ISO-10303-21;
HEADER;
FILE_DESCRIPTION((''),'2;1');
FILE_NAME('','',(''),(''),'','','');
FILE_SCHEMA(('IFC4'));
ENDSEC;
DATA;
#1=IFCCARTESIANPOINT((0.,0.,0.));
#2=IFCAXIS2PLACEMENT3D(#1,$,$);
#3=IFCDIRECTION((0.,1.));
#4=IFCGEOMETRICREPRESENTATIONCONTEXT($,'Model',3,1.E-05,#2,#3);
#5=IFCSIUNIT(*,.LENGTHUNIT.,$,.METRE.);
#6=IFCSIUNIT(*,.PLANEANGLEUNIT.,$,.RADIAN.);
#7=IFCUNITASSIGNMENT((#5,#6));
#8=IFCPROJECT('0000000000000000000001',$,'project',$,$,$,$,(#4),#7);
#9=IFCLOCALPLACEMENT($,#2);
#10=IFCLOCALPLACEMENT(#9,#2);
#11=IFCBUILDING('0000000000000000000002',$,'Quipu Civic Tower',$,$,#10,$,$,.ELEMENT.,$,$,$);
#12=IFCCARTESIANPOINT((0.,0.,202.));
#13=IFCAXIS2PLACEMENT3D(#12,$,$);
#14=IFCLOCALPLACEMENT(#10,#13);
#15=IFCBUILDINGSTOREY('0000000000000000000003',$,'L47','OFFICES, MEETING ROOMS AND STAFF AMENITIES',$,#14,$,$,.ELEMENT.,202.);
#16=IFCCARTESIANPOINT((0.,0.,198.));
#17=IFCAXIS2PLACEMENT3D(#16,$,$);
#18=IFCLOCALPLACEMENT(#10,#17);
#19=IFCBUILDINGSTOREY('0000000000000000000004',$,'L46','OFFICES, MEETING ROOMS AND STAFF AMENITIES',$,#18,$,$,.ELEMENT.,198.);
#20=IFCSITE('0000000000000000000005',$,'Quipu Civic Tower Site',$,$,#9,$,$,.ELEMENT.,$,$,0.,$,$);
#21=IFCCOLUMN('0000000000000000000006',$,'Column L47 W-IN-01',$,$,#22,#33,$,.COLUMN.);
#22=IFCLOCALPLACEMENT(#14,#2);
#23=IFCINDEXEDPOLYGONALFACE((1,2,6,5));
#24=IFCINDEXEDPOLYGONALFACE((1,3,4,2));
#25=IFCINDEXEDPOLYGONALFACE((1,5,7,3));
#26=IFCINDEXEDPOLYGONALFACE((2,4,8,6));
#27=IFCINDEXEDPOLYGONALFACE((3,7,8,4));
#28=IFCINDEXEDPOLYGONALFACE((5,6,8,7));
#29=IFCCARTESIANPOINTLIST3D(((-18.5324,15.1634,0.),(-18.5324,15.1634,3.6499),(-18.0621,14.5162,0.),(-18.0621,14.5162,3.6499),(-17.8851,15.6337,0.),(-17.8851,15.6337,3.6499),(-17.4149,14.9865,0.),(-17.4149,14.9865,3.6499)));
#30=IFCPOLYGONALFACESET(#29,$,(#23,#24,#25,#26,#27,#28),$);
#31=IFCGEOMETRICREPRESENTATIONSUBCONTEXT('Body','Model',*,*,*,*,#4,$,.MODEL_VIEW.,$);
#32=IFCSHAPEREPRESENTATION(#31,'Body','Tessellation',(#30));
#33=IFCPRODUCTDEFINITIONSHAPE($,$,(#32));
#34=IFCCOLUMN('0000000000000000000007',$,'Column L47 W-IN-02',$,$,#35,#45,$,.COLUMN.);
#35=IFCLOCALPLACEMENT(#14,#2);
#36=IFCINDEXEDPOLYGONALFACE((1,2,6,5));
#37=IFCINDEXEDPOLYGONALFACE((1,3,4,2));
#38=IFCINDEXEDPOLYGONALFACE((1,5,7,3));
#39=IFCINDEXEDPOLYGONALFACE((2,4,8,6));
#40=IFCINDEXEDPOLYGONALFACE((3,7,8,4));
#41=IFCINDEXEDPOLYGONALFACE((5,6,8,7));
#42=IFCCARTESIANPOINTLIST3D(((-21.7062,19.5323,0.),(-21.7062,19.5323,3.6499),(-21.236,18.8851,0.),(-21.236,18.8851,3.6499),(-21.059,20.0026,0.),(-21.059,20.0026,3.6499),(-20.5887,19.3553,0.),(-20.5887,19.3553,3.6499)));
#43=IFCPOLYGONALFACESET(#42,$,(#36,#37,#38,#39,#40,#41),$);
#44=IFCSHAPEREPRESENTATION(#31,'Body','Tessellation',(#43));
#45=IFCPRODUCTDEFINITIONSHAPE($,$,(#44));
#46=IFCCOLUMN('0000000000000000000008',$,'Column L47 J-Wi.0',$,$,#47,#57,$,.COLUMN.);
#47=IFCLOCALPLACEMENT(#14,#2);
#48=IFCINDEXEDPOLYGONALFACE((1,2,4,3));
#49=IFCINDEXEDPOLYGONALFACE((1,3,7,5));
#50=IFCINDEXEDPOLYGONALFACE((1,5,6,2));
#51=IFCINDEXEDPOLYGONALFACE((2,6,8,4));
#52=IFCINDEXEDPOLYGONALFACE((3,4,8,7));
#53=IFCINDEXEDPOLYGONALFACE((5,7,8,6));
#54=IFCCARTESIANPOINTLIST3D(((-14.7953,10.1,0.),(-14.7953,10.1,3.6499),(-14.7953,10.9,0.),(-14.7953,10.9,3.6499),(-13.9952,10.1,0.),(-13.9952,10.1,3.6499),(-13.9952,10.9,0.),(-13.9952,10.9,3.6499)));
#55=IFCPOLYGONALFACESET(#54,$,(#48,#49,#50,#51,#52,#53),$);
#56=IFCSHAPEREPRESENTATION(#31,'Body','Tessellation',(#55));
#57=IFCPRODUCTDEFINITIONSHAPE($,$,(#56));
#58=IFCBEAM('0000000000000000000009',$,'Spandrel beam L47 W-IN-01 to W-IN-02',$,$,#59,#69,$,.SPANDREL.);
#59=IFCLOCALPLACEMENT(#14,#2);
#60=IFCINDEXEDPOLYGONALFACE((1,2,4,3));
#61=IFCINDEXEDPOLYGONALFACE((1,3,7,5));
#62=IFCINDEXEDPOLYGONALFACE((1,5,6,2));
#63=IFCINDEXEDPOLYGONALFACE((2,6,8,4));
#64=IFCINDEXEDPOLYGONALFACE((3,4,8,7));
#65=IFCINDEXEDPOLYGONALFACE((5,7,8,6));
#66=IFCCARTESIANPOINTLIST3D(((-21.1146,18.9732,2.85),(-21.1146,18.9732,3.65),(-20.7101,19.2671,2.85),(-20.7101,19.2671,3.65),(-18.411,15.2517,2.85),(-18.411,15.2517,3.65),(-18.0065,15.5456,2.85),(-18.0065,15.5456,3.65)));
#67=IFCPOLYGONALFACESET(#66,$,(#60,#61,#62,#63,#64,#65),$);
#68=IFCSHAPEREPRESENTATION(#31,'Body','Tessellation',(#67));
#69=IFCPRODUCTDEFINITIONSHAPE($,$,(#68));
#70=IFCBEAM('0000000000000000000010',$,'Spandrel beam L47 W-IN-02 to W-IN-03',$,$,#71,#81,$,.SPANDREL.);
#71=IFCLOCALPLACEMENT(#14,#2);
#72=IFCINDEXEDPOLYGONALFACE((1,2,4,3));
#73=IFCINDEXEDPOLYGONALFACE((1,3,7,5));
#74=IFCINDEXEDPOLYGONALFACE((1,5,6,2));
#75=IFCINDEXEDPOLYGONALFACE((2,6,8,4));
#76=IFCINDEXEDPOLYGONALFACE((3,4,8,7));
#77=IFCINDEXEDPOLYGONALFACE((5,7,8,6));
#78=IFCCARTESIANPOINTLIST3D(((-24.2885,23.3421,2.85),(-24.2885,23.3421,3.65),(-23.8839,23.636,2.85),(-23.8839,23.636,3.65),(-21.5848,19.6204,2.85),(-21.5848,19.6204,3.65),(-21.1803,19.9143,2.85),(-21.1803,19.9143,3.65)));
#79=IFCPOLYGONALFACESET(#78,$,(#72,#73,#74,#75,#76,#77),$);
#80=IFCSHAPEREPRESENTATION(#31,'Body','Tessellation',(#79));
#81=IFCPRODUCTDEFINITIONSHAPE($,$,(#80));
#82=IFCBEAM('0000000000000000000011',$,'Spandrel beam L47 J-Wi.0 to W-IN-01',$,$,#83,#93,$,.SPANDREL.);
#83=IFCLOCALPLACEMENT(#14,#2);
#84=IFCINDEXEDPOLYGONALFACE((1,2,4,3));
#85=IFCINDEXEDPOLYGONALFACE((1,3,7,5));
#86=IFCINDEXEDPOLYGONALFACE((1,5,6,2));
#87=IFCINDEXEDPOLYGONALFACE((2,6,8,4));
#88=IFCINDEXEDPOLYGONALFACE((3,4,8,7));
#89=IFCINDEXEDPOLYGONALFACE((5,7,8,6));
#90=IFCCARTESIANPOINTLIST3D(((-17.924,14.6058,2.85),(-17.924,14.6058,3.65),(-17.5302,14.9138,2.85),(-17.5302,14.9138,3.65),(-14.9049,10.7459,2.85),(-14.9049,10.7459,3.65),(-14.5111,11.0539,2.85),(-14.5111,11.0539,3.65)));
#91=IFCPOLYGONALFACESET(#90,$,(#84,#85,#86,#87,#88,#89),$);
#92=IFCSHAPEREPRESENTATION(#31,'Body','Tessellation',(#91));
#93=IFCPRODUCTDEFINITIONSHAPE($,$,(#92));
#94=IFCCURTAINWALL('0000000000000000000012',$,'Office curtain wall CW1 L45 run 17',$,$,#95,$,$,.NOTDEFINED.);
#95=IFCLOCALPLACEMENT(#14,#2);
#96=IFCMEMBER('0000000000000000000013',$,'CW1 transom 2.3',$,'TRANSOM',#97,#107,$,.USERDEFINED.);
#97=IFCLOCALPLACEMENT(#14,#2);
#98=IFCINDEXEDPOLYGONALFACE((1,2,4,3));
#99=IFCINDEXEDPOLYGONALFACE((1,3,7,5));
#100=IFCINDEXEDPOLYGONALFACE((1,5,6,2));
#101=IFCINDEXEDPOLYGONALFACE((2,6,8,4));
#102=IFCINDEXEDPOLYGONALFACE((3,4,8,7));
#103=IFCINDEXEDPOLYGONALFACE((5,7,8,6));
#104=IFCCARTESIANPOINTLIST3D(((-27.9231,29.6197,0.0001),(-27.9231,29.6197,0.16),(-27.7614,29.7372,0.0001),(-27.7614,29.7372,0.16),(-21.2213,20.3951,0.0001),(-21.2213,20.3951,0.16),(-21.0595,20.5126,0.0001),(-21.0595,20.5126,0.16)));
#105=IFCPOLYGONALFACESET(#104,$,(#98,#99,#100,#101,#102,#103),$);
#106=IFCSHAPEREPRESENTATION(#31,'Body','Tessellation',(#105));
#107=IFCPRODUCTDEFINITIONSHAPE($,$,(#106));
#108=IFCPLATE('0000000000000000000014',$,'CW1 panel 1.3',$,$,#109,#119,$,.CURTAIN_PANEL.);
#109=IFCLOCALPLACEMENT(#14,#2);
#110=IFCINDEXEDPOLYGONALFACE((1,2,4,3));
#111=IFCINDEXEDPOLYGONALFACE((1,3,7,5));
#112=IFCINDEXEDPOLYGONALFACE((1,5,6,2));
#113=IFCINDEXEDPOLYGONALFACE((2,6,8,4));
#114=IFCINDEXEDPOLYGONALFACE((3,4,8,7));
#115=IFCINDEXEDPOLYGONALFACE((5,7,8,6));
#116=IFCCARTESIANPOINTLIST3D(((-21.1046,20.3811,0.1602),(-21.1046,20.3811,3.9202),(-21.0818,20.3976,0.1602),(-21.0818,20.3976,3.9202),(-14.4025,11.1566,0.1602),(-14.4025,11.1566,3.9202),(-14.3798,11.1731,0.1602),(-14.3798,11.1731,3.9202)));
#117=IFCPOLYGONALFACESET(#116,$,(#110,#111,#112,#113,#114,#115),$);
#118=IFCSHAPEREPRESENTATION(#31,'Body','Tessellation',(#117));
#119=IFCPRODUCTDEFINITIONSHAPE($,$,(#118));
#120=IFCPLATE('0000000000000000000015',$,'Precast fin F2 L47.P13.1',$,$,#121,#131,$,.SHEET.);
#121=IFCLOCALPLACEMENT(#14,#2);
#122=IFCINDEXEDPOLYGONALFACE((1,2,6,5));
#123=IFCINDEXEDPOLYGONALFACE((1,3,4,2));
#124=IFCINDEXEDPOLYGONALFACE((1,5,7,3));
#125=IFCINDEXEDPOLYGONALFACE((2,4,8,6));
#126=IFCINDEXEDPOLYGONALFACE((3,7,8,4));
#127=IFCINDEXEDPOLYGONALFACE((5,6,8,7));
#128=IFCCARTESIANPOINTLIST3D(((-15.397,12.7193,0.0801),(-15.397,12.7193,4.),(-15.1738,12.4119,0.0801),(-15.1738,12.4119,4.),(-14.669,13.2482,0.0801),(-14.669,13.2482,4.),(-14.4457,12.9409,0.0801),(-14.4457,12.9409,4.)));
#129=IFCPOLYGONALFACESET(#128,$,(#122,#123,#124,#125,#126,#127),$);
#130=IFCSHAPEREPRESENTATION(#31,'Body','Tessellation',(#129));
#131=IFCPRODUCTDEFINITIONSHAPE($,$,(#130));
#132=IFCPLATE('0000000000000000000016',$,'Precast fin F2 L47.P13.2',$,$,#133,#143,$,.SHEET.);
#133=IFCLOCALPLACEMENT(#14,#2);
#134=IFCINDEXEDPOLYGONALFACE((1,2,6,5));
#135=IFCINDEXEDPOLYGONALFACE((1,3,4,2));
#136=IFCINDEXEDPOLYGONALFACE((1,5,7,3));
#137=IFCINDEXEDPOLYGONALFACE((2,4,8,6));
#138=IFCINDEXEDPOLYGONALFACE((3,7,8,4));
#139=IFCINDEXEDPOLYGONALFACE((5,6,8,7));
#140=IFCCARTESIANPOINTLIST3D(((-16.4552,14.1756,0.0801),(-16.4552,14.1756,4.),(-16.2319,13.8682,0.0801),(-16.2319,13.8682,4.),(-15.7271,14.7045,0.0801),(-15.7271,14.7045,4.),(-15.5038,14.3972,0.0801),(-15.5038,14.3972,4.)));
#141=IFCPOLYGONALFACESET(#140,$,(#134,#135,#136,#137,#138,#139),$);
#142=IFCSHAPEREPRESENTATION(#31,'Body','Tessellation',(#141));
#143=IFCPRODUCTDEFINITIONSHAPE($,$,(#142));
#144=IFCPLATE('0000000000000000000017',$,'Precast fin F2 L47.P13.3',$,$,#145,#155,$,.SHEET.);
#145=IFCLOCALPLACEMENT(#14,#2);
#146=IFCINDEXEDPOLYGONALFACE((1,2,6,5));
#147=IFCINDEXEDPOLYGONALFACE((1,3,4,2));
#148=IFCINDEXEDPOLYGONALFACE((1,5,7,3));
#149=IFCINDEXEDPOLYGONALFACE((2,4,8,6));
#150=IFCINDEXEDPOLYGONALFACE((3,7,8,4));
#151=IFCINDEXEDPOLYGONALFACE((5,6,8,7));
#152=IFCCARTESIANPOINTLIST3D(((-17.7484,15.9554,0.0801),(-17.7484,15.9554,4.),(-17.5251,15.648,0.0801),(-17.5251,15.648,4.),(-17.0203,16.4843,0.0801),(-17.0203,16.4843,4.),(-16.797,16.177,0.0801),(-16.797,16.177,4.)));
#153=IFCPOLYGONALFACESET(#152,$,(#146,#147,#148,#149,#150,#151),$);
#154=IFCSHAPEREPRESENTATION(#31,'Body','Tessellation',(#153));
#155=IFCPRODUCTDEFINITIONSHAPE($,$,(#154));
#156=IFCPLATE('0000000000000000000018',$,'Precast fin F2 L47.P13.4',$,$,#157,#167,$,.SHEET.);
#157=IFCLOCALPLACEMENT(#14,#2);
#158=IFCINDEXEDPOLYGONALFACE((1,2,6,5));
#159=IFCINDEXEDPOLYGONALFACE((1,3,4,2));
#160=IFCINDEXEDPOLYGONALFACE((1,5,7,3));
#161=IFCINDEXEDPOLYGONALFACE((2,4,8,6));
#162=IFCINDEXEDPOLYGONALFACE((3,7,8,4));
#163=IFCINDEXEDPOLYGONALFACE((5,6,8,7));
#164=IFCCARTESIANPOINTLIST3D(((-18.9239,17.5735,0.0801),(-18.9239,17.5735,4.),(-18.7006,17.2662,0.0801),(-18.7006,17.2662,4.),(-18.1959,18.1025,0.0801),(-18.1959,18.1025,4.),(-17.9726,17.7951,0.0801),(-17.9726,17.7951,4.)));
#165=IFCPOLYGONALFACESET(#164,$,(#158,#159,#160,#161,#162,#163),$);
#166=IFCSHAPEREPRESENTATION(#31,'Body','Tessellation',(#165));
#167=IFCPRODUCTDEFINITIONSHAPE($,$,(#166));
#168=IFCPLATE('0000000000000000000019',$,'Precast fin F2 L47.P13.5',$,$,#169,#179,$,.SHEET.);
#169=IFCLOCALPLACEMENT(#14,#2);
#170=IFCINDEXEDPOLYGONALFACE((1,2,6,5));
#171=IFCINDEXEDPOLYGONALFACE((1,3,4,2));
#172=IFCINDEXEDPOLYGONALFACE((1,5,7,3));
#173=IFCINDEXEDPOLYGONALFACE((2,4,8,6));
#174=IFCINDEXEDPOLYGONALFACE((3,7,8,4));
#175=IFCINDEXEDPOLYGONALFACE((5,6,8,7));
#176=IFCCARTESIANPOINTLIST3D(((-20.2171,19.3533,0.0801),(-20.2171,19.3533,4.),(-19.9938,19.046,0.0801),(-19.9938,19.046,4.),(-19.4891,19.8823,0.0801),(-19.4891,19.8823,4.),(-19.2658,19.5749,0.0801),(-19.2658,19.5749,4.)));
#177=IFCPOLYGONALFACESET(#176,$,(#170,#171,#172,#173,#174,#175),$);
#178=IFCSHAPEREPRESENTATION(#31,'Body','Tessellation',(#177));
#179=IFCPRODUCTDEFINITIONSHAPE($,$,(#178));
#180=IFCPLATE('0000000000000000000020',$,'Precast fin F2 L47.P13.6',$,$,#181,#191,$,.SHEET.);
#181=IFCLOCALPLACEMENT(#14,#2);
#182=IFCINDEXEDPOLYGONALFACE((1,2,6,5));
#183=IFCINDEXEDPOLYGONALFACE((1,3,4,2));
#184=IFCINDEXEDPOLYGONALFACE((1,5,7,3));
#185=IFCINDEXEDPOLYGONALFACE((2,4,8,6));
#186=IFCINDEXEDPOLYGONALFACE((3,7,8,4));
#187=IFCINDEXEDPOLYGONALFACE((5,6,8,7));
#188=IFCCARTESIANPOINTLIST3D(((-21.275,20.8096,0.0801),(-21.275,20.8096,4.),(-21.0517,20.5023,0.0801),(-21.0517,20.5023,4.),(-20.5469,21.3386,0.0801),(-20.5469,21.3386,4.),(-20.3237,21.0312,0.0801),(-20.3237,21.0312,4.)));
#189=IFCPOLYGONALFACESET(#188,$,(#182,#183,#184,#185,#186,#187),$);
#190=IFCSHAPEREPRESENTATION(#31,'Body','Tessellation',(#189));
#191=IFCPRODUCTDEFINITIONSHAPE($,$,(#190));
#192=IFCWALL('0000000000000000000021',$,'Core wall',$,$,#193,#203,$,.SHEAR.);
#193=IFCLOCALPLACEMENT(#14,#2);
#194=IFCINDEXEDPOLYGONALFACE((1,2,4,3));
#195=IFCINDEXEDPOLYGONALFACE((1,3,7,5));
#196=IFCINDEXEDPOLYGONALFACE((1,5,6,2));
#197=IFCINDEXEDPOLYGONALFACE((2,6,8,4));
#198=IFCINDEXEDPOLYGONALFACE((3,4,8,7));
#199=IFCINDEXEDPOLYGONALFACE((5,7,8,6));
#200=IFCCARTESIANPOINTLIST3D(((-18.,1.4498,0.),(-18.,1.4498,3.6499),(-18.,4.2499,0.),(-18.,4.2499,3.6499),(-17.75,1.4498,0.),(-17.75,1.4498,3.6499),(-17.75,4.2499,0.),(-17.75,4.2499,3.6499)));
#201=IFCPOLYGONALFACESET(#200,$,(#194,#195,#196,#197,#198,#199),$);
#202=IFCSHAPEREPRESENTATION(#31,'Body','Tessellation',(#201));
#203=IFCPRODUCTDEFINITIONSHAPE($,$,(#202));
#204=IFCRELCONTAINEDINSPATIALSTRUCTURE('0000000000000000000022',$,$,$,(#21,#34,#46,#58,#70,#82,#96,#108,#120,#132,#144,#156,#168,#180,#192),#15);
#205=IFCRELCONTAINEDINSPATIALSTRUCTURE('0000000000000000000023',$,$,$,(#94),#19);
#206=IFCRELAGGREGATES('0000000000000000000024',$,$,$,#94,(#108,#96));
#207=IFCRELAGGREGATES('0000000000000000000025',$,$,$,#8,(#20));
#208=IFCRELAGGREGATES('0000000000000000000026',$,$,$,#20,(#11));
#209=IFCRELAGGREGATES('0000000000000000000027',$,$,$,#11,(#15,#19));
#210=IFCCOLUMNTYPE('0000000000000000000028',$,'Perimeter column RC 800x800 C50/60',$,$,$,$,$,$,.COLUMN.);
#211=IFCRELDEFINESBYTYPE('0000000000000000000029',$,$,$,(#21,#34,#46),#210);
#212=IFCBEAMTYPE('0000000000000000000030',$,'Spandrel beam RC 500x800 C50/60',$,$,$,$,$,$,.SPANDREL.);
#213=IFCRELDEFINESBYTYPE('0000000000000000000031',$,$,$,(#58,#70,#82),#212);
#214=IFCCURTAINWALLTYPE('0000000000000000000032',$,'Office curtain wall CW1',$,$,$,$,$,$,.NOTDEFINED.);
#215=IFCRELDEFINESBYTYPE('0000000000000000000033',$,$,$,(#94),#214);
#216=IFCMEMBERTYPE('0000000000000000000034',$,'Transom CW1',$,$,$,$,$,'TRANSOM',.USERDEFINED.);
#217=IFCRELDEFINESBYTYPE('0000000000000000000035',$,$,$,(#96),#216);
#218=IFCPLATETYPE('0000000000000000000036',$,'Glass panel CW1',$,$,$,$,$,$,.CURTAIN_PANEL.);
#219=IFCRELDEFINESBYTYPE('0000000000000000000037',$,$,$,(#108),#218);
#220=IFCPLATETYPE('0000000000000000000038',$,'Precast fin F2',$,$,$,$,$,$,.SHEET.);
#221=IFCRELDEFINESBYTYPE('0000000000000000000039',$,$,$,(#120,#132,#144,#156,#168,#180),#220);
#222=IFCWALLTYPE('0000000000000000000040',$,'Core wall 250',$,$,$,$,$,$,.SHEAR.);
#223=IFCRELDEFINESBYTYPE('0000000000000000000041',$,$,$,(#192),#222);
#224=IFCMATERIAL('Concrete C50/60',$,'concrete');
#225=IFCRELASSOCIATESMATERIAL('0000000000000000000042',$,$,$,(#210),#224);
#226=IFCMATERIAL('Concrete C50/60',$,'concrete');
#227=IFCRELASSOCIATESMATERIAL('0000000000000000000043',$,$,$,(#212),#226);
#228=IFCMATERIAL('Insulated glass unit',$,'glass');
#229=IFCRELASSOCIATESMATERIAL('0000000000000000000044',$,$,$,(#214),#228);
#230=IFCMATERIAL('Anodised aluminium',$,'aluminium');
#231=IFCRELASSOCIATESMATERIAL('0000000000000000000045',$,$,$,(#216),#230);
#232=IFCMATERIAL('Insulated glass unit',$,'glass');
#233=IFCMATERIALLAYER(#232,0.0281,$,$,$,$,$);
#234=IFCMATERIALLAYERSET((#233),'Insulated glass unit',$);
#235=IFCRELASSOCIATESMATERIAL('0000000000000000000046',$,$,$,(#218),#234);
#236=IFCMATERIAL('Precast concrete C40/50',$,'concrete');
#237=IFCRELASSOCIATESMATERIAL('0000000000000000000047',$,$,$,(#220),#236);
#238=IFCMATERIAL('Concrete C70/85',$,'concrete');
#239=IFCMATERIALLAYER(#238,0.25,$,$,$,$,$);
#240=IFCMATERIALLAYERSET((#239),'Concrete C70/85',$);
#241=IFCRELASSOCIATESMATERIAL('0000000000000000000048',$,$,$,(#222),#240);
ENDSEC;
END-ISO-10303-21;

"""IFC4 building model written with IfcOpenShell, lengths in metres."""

from ifc_helpers import new_model, si_unit, direction, frame, frame_2d, origin, origin_2d, place, context, subcontext, project, spatial, rectangle, extrude, material, layer, layer_set, material_profile, profile_set, type_object, element, aggregate, save


model = new_model("IFC4")

# Units and contexts
model_context = context("Model", 3, precision=1e-05, world=origin(), true_north=direction((0.0, 1.0)))
body_context = subcontext(model_context, "Body", "Model", "MODEL_VIEW")
ifc_project = project(units=[si_unit("LENGTHUNIT", "METRE"), si_unit("PLANEANGLEUNIT", "RADIAN")], contexts=[model_context])

# Site, building, storey
site_placement = place(None, origin())
site = spatial("IfcSite", under=ifc_project, at=site_placement, Name="Quipu Civic Tower Site", CompositionType="ELEMENT", RefElevation=0.0)
building_placement = place(site_placement, origin())
building = spatial("IfcBuilding", under=site, at=building_placement, Name="Quipu Civic Tower", CompositionType="ELEMENT")
storey_1_placement = place(building_placement, frame((0.0, 0.0, 202.0)))
storey_1 = spatial("IfcBuildingStorey", under=building, at=storey_1_placement, Name="L47", Description="OFFICES, MEETING ROOMS AND STAFF AMENITIES", CompositionType="ELEMENT", Elevation=202.0)

# Columns
ifc_material_1 = material(Name="Concrete C50/60", Category="concrete")
ifc_material_profile_1 = material_profile(ifc_material_1, rectangle(XDim=0.8, YDim=0.8, at=origin_2d()), Name="RC800x800")
ifc_profile_set_1 = profile_set([ifc_material_profile_1], Name="Concrete C50/60")
column_type = type_object("IfcColumnType", Name="Perimeter column RC 800x800 C50/60", PredefinedType="COLUMN", material=ifc_profile_set_1)
for number, where, z_axis, x_axis, name in (
    (1, (-17.9736, 15.075, 0.0), (0.0, 0.0, 1.0), (-0.587785, 0.809017, 0.0), "Column L47 W-IN-01"),
    (2, (-21.1475, 19.4438, 0.0), (0.0, 0.0, 1.0), (-0.587785, 0.809017, 0.0), "Column L47 W-IN-02"),
    (3, (-14.3953, 10.5, 0.0), (0.0, 0.0, 1.0), (-1.0, 0.0, 0.0), "Column L47 J-Wi.0"),
):
    element("IfcColumn", number, at=place(storey_1_placement, frame(where, z_axis=z_axis, x_axis=x_axis)), inside=storey_1, type_object=column_type, Name=name, PredefinedType="COLUMN", context=body_context, shape_type="SweptSolid", body=[
        extrude(rectangle(XDim=0.8, YDim=0.8, at=origin_2d()), origin(), (0.0, 0.0, 1.0), 3.6499),
    ])

# Beams
ifc_material_2 = material(Name="Concrete C50/60", Category="concrete")
ifc_material_profile_2 = material_profile(ifc_material_2, rectangle(XDim=0.5, YDim=0.8, at=origin_2d()), Name="RC500x800")
ifc_profile_set_2 = profile_set([ifc_material_profile_2], Name="Concrete C50/60")
beam_type = type_object("IfcBeamType", Name="Spandrel beam RC 500x800 C50/60", PredefinedType="SPANDREL", material=ifc_profile_set_2)
beam_1_placement = place(storey_1_placement, frame((-18.2087, 15.3987, 3.25), z_axis=(-0.587761, 0.809034, 0.0), x_axis=(-0.809034, -0.587761, 0.0)))
element("IfcBeam", 4, at=beam_1_placement, inside=storey_1, type_object=beam_type, Name="Spandrel beam L47 W-IN-01 to W-IN-02", PredefinedType="SPANDREL", context=body_context, shape_type="SweptSolid", body=[
    extrude(rectangle(XDim=0.5, YDim=0.8, at=origin_2d()), origin(), (0.0, 0.0, 1.0), 4.5999),
])
beam_2_placement = place(storey_1_placement, frame((-21.3826, 19.7673, 3.25), z_axis=(-0.587736, 0.809053, 0.0), x_axis=(-0.809053, -0.587736, 0.0)))
element("IfcBeam", 5, at=beam_2_placement, inside=storey_1, type_object=beam_type, Name="Spandrel beam L47 W-IN-02 to W-IN-03", PredefinedType="SPANDREL", context=body_context, shape_type="SweptSolid", body=[
    extrude(rectangle(XDim=0.5, YDim=0.8, at=origin_2d()), origin(), (0.0, 0.0, 1.0), 4.6001),
])
beam_3_placement = place(storey_1_placement, frame((-14.708, 10.8999, 3.25), z_axis=(-0.616091, 0.787675, 0.0), x_axis=(-0.787675, -0.616091, 0.0)))
element("IfcBeam", 6, at=beam_3_placement, inside=storey_1, type_object=beam_type, Name="Spandrel beam L47 J-Wi.0 to W-IN-01", PredefinedType="SPANDREL", context=body_context, shape_type="SweptSolid", body=[
    extrude(rectangle(XDim=0.5, YDim=0.8, at=origin_2d()), origin(), (0.0, 0.0, 1.0), 4.9004),
])

# Shared definitions
storey_2_placement = place(building_placement, frame((0.0, 0.0, 198.0)))
storey_2 = spatial("IfcBuildingStorey", under=building, at=storey_2_placement, Name="L46", Description="OFFICES, MEETING ROOMS AND STAFF AMENITIES", CompositionType="ELEMENT", Elevation=198.0)

# Curtain wall, member, plate
ifc_material_3 = material(Name="Insulated glass unit", Category="glass")
curtain_wall_type = type_object("IfcCurtainWallType", Name="Office curtain wall CW1", PredefinedType="NOTDEFINED", material=ifc_material_3)
curtain_wall_placement = place(storey_2_placement, origin())
curtain_wall = element("IfcCurtainWall", 7, at=curtain_wall_placement, inside=storey_2, type_object=curtain_wall_type, Name="Office curtain wall CW1 L45 run 17", PredefinedType="NOTDEFINED")
ifc_material_4 = material(Name="Anodised aluminium", Category="aluminium")
ifc_material_profile_3 = material_profile(ifc_material_4, rectangle(XDim=0.2, YDim=0.1599, at=origin_2d()), Name="RECT 200x160")
ifc_profile_set_3 = profile_set([ifc_material_profile_3], Name="Anodised aluminium")
member_type = type_object("IfcMemberType", Name="Transom CW1", ElementType="TRANSOM", PredefinedType="USERDEFINED", material=ifc_profile_set_3)
member_placement = place(storey_1_placement, frame((-21.1404, 20.4539, 0.0801), z_axis=(-0.587776, 0.809024, 0.0), x_axis=(-0.809024, -0.587776, 0.0)))
member = element("IfcMember", 8, at=member_placement, inside=storey_1, type_object=member_type, Name="CW1 transom 2.3", ObjectType="TRANSOM", PredefinedType="USERDEFINED", context=body_context, shape_type="SweptSolid", body=[
    extrude(rectangle(XDim=0.2, YDim=0.1599, at=origin_2d()), origin(), (0.0, 0.0, 1.0), 11.4021),
])
ifc_material_5 = material(Name="Insulated glass unit", Category="glass")
ifc_layer_1 = layer(ifc_material_5, 0.0281)
ifc_layer_set_1 = layer_set([ifc_layer_1], Name="Insulated glass unit")
plate_type_1 = type_object("IfcPlateType", Name="Glass panel CW1", PredefinedType="CURTAIN_PANEL", material=ifc_layer_set_1)
plate_placement = place(storey_1_placement, frame((-17.7422, 15.7771, 0.1602), z_axis=(0.0, 0.0, 1.0), x_axis=(-0.587789, 0.809014, 0.0)))
plate = element("IfcPlate", 9, at=plate_placement, inside=storey_1, type_object=plate_type_1, Name="CW1 panel 1.3", PredefinedType="CURTAIN_PANEL", context=body_context, shape_type="SweptSolid", body=[
    extrude(rectangle(XDim=11.4021, YDim=0.0281, at=origin_2d()), origin(), (0.0, 0.0, 1.0), 3.76),
])
aggregate(curtain_wall, [plate, member])

# Plates
ifc_material_6 = material(Name="Precast concrete C40/50", Category="concrete")
plate_type_2 = type_object("IfcPlateType", Name="Precast fin F2", PredefinedType="SHEET", material=ifc_material_6)
for number, where, z_axis, x_axis, name in (
    (10, (-14.9214, 12.8301, 0.0801), (0.0, 0.0, 1.0), (-0.587787, 0.809016, 0.0), "Precast fin F2 L47.P13.1"),
    (11, (-15.9795, 14.2864, 0.0801), (0.0, 0.0, 1.0), (-0.587787, 0.809016, 0.0), "Precast fin F2 L47.P13.2"),
    (12, (-17.2727, 16.0662, 0.0801), (0.0, 0.0, 1.0), (-0.587787, 0.809016, 0.0), "Precast fin F2 L47.P13.3"),
    (13, (-18.4482, 17.6843, 0.0801), (0.0, 0.0, 1.0), (-0.587787, 0.809016, 0.0), "Precast fin F2 L47.P13.4"),
    (14, (-19.7415, 19.4641, 0.0801), (0.0, 0.0, 1.0), (-0.587787, 0.809016, 0.0), "Precast fin F2 L47.P13.5"),
    (15, (-20.7993, 20.9204, 0.0801), (0.0, 0.0, 1.0), (-0.587787, 0.809016, 0.0), "Precast fin F2 L47.P13.6"),
):
    element("IfcPlate", number, at=place(storey_1_placement, frame(where, z_axis=z_axis, x_axis=x_axis)), inside=storey_1, type_object=plate_type_2, Name=name, PredefinedType="SHEET", context=body_context, shape_type="SweptSolid", body=[
        extrude(rectangle(XDim=0.3799, YDim=0.8999, at=origin_2d()), origin(), (0.0, 0.0, 1.0), 3.9199),
    ])

# Wall
ifc_material_7 = material(Name="Concrete C70/85", Category="concrete")
ifc_layer_2 = layer(ifc_material_7, 0.25)
ifc_layer_set_2 = layer_set([ifc_layer_2], Name="Concrete C70/85")
wall_type_1 = type_object("IfcWallType", Name="Core wall 250", PredefinedType="SHEAR", material=ifc_layer_set_2)
wall_1_placement = place(storey_1_placement, frame((-17.875, 1.45, 0.0), z_axis=(0.0, 0.0, 1.0), x_axis=(0.0, 1.0, 0.0)))
element("IfcWall", 16, at=wall_1_placement, inside=storey_1, type_object=wall_type_1, Name="Core wall", PredefinedType="SHEAR", context=body_context, shape_type="SweptSolid", body=[
    extrude(rectangle(XDim=2.8, YDim=0.25, at=frame_2d((1.3999, 0.0))), origin(), (0.0, 0.0, 1.0), 3.6499),
])

save(model, "model.ifc")
